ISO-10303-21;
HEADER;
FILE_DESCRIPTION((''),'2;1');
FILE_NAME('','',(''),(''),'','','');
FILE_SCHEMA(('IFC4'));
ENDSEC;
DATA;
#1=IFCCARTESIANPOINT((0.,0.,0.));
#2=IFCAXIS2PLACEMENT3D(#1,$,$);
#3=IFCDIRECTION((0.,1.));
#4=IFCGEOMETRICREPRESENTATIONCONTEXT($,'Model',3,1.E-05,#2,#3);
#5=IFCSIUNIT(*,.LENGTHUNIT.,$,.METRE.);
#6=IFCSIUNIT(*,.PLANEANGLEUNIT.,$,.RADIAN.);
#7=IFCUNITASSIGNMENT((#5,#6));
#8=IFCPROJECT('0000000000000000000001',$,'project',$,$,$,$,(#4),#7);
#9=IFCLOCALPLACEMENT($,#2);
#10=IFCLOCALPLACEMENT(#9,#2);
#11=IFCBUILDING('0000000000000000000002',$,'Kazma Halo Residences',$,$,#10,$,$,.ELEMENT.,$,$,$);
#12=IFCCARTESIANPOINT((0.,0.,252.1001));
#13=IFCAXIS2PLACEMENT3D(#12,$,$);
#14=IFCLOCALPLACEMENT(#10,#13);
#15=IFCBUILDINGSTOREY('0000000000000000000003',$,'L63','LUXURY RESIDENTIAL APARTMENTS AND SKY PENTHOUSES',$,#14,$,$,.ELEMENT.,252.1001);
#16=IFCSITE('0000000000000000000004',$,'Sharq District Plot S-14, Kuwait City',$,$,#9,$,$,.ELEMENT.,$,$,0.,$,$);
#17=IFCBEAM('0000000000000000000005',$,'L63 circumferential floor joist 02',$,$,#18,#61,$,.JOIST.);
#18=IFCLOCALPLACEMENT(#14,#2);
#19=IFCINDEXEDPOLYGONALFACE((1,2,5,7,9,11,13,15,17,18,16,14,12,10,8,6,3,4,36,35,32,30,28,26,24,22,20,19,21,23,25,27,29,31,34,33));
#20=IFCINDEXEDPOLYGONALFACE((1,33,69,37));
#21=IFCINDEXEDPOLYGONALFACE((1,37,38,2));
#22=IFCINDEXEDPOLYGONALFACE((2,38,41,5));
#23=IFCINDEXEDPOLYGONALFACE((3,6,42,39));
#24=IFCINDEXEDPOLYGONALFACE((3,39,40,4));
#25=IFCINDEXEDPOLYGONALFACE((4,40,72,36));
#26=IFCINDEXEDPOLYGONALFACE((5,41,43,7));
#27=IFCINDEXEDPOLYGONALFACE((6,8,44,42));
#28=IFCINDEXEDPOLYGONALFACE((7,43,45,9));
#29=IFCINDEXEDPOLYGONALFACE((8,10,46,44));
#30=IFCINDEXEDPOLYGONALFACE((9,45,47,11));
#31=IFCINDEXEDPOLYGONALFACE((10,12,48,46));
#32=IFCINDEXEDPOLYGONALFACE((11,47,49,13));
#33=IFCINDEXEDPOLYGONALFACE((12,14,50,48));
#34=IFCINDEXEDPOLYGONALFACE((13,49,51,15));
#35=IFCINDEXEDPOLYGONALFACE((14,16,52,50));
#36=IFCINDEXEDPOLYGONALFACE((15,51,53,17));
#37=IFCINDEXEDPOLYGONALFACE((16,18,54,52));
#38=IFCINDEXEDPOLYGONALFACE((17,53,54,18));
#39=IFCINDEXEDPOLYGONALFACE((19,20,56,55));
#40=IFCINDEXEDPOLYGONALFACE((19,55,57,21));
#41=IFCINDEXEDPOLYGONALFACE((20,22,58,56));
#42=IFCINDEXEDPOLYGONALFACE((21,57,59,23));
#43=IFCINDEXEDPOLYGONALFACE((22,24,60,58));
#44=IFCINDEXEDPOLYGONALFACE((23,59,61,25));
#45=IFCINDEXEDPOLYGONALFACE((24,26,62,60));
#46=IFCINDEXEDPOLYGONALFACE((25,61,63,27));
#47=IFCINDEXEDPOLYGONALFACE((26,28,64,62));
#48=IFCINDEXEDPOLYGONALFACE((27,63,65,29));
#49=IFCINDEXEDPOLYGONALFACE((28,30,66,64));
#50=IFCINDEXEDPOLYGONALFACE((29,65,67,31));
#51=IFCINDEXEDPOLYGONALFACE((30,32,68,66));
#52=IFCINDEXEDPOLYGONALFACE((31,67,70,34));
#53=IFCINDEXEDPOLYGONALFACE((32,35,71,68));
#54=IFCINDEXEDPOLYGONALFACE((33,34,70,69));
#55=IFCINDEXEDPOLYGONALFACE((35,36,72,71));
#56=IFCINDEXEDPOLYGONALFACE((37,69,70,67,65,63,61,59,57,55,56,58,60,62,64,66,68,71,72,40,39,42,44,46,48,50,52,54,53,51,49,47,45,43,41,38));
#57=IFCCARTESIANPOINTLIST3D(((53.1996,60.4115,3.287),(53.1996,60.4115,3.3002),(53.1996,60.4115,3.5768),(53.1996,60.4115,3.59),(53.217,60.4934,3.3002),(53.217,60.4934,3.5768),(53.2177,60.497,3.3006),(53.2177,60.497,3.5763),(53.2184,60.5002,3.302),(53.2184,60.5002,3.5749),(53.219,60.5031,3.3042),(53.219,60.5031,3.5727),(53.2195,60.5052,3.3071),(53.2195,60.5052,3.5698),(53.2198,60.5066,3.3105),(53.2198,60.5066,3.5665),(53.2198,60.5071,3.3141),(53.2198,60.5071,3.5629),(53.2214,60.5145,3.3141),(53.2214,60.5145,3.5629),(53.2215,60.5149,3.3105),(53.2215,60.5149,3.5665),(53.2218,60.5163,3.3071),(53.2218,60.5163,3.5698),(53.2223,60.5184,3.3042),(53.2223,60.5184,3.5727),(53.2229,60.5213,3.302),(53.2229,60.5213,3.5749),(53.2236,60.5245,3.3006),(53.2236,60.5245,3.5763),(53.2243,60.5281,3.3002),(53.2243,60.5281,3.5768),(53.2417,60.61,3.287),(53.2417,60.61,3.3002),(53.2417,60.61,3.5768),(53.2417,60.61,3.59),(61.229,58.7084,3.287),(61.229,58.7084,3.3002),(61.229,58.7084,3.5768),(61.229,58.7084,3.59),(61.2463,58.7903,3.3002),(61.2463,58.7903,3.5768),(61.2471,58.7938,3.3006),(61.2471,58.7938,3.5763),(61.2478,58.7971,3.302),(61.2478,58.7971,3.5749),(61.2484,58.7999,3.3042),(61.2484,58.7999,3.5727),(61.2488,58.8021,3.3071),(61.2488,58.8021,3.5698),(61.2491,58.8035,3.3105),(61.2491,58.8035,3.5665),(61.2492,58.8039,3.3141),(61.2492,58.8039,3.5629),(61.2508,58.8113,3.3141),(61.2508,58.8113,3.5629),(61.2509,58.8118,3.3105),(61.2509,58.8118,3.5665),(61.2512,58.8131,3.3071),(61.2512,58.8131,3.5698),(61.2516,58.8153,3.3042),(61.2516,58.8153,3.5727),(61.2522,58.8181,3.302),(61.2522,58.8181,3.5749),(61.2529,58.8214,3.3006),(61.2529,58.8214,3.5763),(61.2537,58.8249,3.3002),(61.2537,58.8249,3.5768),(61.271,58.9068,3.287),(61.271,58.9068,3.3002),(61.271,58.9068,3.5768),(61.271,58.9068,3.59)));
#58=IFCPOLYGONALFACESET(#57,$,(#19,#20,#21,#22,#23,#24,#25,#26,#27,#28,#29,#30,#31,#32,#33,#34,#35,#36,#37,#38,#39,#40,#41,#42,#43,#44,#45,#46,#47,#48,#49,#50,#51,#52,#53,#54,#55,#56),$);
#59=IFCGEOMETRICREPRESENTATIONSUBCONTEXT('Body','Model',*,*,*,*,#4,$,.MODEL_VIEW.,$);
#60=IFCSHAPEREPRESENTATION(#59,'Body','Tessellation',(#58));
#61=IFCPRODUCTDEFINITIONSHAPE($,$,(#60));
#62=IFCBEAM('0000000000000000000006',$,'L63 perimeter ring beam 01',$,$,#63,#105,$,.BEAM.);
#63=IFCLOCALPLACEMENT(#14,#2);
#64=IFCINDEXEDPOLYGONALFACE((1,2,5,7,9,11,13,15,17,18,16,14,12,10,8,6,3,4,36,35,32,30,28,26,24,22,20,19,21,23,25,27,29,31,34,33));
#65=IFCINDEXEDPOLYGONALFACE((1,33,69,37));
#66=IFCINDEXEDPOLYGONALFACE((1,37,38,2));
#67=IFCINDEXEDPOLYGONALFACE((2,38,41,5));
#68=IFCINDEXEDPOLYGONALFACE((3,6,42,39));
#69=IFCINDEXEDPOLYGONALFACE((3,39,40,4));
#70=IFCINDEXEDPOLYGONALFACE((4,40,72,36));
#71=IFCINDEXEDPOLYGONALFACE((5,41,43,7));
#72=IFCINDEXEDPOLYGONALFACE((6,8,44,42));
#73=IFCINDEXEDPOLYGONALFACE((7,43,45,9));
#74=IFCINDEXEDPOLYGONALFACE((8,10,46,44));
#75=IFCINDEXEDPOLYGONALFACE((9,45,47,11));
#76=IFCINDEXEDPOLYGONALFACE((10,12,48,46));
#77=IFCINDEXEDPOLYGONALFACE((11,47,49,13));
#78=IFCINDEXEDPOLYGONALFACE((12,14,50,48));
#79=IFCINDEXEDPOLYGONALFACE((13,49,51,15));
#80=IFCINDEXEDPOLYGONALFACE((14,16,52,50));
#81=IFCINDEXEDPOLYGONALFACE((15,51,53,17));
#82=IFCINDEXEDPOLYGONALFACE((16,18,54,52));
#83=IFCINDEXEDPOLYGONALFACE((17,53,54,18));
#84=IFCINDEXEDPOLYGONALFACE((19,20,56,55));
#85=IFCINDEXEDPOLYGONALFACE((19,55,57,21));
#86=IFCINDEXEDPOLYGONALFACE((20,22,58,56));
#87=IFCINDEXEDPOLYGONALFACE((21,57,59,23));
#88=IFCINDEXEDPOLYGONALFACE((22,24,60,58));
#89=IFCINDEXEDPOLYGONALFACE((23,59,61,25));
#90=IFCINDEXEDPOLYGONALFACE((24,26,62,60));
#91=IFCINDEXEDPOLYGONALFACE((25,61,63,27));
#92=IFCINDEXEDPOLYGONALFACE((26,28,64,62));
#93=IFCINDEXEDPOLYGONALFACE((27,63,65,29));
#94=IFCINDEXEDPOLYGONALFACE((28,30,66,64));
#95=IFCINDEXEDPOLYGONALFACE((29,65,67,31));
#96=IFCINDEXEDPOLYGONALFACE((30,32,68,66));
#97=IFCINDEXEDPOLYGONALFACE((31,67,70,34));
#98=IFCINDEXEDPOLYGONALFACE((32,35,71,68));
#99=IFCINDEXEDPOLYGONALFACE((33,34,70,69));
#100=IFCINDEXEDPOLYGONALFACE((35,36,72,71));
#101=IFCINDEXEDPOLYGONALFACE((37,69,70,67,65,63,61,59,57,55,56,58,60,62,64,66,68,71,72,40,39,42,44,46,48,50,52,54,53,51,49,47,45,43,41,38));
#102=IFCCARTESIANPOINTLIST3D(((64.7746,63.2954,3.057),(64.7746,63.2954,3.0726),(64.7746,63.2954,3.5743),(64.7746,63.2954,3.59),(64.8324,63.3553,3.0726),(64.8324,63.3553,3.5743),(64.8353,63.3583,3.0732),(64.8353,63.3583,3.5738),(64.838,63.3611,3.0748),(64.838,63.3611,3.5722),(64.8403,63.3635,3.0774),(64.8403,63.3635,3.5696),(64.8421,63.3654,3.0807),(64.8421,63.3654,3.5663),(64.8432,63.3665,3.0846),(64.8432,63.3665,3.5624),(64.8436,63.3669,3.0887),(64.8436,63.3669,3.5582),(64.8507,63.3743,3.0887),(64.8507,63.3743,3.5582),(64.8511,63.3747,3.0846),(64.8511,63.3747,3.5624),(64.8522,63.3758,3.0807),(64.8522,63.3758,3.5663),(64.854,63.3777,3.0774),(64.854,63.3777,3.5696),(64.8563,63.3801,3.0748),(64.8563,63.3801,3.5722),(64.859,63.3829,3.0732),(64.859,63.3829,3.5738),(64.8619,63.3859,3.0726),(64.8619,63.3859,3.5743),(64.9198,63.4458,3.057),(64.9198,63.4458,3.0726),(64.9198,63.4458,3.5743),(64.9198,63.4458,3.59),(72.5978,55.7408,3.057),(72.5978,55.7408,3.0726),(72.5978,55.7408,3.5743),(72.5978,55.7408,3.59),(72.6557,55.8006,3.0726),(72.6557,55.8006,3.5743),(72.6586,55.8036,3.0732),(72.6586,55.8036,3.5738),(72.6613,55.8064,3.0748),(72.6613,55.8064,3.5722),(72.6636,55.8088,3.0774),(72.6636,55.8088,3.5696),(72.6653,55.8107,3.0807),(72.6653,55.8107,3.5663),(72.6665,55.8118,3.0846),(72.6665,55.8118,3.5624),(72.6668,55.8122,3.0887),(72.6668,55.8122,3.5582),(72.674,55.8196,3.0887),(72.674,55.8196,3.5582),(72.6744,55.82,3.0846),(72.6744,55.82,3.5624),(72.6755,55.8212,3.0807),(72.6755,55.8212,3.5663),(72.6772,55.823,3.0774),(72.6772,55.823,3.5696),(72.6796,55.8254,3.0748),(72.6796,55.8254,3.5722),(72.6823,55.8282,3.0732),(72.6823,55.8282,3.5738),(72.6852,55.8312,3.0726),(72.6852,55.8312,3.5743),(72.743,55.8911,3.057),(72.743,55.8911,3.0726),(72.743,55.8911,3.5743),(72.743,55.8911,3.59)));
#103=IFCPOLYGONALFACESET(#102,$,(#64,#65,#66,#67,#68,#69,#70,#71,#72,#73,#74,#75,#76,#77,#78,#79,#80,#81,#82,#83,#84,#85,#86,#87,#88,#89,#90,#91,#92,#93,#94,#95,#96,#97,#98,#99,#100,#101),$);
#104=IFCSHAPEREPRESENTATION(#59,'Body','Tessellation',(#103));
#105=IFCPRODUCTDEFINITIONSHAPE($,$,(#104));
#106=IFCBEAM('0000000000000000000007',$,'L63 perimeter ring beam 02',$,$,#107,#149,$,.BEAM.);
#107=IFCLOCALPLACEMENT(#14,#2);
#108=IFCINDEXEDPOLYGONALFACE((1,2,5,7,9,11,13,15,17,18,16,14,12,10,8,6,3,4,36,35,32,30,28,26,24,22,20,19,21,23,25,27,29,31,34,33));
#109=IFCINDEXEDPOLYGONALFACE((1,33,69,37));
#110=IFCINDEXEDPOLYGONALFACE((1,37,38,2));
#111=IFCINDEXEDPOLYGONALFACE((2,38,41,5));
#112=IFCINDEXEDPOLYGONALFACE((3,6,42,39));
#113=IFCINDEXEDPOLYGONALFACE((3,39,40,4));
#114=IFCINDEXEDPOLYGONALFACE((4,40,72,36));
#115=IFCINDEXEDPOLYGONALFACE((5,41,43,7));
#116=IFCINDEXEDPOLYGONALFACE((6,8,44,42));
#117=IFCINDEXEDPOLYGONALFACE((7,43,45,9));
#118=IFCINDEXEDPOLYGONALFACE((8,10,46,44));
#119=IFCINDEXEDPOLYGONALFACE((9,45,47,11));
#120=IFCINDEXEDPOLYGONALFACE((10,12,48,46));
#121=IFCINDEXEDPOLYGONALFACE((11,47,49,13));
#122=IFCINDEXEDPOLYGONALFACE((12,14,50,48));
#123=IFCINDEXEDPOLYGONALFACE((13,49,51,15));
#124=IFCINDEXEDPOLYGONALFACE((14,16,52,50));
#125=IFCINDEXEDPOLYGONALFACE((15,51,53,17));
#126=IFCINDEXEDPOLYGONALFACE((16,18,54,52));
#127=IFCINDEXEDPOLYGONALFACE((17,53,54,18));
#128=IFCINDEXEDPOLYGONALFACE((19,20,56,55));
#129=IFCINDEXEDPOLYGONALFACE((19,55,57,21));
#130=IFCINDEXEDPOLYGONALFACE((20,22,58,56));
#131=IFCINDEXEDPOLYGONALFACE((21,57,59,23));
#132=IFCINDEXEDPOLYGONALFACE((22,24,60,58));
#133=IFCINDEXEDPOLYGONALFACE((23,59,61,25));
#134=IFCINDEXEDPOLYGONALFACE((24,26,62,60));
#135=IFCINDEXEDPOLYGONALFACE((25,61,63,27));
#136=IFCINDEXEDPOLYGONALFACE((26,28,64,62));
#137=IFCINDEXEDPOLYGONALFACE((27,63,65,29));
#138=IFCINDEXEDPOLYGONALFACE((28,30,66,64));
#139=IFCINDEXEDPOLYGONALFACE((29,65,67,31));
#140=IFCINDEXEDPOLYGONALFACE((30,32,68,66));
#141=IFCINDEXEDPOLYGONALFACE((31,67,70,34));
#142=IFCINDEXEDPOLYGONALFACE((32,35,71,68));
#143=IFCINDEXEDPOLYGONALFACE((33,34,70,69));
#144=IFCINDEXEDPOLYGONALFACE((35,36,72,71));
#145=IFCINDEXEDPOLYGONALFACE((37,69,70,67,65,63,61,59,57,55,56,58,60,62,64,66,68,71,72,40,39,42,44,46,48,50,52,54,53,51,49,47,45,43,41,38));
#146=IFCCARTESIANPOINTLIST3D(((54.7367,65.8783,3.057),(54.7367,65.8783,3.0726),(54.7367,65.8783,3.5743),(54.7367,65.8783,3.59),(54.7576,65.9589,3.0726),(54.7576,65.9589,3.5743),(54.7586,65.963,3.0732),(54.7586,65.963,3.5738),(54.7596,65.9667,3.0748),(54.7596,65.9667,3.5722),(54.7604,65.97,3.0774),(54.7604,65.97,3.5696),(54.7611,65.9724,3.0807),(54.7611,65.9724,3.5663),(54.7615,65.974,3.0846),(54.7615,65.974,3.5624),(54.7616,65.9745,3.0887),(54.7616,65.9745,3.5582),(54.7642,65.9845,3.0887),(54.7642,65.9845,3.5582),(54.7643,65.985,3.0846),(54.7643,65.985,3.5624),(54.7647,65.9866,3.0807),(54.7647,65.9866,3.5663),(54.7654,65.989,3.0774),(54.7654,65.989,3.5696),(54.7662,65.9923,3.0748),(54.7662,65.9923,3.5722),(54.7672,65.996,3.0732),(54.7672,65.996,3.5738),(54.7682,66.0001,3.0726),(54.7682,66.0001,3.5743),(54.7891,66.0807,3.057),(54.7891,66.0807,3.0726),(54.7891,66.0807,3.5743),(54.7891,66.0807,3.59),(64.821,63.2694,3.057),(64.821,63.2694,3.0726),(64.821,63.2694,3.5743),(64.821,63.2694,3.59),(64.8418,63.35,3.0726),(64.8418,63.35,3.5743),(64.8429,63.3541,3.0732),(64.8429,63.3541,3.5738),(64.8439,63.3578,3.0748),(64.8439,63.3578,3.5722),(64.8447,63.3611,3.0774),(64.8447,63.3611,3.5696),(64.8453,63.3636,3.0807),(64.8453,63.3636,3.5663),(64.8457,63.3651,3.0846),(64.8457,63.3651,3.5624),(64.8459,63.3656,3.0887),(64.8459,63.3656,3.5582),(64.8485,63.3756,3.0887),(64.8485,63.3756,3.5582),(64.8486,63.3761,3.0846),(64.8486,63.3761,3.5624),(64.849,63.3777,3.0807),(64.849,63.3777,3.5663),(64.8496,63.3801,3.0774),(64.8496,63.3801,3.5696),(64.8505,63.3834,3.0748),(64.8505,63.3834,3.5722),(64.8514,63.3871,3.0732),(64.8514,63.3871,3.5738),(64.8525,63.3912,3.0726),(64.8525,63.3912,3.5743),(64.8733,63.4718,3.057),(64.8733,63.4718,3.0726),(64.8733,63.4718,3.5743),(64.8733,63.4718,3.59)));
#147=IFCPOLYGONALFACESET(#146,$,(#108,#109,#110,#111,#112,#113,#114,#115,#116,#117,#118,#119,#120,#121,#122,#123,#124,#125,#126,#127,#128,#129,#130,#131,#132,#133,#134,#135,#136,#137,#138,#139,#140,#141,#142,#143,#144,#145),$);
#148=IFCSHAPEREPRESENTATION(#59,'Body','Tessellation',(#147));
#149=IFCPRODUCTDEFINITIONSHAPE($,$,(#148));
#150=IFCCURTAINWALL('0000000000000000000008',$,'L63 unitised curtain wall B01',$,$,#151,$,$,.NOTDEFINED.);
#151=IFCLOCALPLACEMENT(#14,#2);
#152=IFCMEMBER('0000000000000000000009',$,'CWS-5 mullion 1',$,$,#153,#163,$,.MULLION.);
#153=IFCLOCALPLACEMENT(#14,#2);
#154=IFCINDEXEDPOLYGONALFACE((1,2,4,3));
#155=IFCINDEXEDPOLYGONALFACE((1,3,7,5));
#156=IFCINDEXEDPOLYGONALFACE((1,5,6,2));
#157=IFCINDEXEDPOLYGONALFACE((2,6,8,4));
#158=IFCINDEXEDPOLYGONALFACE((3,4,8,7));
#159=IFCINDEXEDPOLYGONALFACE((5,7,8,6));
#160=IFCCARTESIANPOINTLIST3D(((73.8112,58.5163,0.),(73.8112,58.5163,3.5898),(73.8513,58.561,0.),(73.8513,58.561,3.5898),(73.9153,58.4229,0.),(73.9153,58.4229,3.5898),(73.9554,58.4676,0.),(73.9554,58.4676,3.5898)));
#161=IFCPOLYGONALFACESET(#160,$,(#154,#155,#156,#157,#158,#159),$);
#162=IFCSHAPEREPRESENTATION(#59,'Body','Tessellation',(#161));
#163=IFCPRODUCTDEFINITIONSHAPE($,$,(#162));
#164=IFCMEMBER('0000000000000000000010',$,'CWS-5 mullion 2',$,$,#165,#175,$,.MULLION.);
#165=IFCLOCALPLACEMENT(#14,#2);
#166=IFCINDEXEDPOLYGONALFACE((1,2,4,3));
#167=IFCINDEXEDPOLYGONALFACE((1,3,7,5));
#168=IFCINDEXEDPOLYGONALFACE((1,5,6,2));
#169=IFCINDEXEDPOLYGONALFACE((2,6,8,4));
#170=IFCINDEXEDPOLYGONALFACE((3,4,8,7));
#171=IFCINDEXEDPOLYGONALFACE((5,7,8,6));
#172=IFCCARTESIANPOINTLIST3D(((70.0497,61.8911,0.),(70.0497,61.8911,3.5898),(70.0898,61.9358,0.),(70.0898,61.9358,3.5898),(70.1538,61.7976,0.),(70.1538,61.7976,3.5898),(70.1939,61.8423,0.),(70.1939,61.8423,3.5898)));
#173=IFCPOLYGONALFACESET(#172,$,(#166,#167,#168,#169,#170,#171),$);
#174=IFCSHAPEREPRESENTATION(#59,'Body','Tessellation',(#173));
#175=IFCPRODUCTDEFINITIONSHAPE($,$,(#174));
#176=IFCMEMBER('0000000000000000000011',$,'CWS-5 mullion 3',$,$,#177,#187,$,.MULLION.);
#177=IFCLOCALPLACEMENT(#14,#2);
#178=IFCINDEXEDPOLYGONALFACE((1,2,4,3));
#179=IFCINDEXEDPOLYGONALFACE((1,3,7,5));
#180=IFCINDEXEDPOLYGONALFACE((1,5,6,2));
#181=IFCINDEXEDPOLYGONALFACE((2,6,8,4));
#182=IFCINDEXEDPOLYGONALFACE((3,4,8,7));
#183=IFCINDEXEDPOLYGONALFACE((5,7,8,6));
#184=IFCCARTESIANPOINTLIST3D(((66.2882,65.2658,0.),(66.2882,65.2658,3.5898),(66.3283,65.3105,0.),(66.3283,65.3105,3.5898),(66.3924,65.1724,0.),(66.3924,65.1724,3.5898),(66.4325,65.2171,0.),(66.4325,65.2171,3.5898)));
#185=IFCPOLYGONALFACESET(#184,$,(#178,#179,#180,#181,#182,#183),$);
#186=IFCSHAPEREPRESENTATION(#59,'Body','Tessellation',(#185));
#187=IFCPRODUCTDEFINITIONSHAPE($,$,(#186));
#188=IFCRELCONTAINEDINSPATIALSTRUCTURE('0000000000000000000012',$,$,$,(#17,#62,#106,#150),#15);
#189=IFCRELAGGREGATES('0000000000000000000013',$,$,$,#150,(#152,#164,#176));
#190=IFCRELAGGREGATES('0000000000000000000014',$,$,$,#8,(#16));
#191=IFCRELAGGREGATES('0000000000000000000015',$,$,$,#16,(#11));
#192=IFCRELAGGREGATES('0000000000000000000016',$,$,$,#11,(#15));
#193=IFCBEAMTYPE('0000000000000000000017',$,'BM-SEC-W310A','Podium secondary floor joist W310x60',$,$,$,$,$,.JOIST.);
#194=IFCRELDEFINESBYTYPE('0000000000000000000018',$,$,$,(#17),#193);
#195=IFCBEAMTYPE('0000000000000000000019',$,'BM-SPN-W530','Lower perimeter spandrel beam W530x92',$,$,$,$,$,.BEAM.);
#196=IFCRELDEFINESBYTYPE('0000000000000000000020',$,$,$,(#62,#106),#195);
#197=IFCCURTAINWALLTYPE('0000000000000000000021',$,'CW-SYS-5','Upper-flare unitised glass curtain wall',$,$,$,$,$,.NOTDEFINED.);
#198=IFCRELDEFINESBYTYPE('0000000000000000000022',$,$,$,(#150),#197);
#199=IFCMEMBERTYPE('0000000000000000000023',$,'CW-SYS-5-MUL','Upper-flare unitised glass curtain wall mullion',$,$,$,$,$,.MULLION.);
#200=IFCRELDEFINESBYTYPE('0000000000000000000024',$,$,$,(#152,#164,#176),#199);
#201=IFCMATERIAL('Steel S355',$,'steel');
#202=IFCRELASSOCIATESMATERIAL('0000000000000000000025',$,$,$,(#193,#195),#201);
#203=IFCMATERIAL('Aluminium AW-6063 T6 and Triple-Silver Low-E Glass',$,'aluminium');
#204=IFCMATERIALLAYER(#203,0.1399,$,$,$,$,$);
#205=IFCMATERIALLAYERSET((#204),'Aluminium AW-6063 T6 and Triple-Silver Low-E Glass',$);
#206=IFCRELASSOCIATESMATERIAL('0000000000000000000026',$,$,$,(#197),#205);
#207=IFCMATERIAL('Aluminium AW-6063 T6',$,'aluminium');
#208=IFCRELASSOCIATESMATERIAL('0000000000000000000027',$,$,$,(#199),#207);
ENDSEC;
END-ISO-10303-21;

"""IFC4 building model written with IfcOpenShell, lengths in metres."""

from ifc_helpers import new_model, si_unit, direction, frame, origin, origin_2d, place, context, subcontext, project, spatial, rectangle, i_section, extrude, material, layer, layer_set, material_profile, profile_set, type_object, element, aggregate, save


model = new_model("IFC4")

# Units and contexts
model_context = context("Model", 3, precision=1e-05, world=origin(), true_north=direction((0.0, 1.0)))
body_context = subcontext(model_context, "Body", "Model", "MODEL_VIEW")
ifc_project = project(units=[si_unit("LENGTHUNIT", "METRE"), si_unit("PLANEANGLEUNIT", "RADIAN")], contexts=[model_context])

# Site, building, storey
site_placement = place(None, origin())
site = spatial("IfcSite", under=ifc_project, at=site_placement, Name="Sharq District Plot S-14, Kuwait City", CompositionType="ELEMENT", RefElevation=0.0)
building_placement = place(site_placement, origin())
building = spatial("IfcBuilding", under=site, at=building_placement, Name="Kazma Halo Residences", CompositionType="ELEMENT")
storey_placement = place(building_placement, frame((0.0, 0.0, 252.1001)))
storey = spatial("IfcBuildingStorey", under=building, at=storey_placement, Name="L63", Description="LUXURY RESIDENTIAL APARTMENTS AND SKY PENTHOUSES", CompositionType="ELEMENT", Elevation=252.1001)

# Beams
ifc_material_1 = material(Name="Steel S355", Category="steel")
ifc_material_profile_1 = material_profile(ifc_material_1, i_section(OverallWidth=0.2029, OverallDepth=0.303, WebThickness=0.0076, FlangeThickness=0.0132, FilletRadius=0.0139, at=origin_2d()), Name="W310x60")
ifc_profile_set_1 = profile_set([ifc_material_profile_1], Name="Steel S355")
beam_type_1 = type_object("IfcBeamType", Name="BM-SEC-W310A", Description="Podium secondary floor joist W310x60", PredefinedType="JOIST", material=ifc_profile_set_1)
beam_1_placement = place(storey_placement, frame((61.25, 58.8076, 3.4385), z_axis=(-0.978236, 0.207497, 0.0), x_axis=(-0.207497, -0.978236, 0.0)))
element("IfcBeam", 1, at=beam_1_placement, inside=storey, type_object=beam_type_1, Name="L63 circumferential floor joist 02", PredefinedType="JOIST", context=body_context, shape_type="SweptSolid", body=[
    extrude(i_section(OverallWidth=0.2029, OverallDepth=0.303, WebThickness=0.0076, FlangeThickness=0.0132, FilletRadius=0.0139, at=origin_2d()), origin(), (0.0, 0.0, 1.0), 8.208),
])
ifc_material_profile_2 = material_profile(ifc_material_1, i_section(OverallWidth=0.209, OverallDepth=0.533, WebThickness=0.0103, FlangeThickness=0.0156, FilletRadius=0.0161, at=origin_2d()), Name="W530x92")
ifc_profile_set_2 = profile_set([ifc_material_profile_2], Name="Steel S355")
beam_type_2 = type_object("IfcBeamType", Name="BM-SPN-W530", Description="Lower perimeter spandrel beam W530x92", PredefinedType="BEAM", material=ifc_profile_set_2)
beam_2_placement = place(storey_placement, frame((72.6704, 55.8159, 3.3235), z_axis=(-0.719346, 0.694652, 0.0), x_axis=(-0.694652, -0.719346, 0.0)))
element("IfcBeam", 2, at=beam_2_placement, inside=storey, type_object=beam_type_2, Name="L63 perimeter ring beam 01", PredefinedType="BEAM", context=body_context, shape_type="SweptSolid", body=[
    extrude(i_section(OverallWidth=0.209, OverallDepth=0.533, WebThickness=0.0103, FlangeThickness=0.0156, FilletRadius=0.0161, at=origin_2d()), origin(), (0.0, 0.0, 1.0), 10.8755),
])
beam_3_placement = place(storey_placement, frame((64.8472, 63.3706, 3.3235), z_axis=(-0.968126, 0.250464, 0.0), x_axis=(-0.250464, -0.968126, 0.0)))
element("IfcBeam", 3, at=beam_3_placement, inside=storey, type_object=beam_type_2, Name="L63 perimeter ring beam 02", PredefinedType="BEAM", context=body_context, shape_type="SweptSolid", body=[
    extrude(i_section(OverallWidth=0.209, OverallDepth=0.533, WebThickness=0.0103, FlangeThickness=0.0156, FilletRadius=0.0161, at=origin_2d()), origin(), (0.0, 0.0, 1.0), 10.4163),
])

# Curtain wall, members
ifc_material_2 = material(Name="Aluminium AW-6063 T6 and Triple-Silver Low-E Glass", Category="aluminium")
ifc_layer_1 = layer(ifc_material_2, 0.1399)
ifc_layer_set_1 = layer_set([ifc_layer_1], Name="Aluminium AW-6063 T6 and Triple-Silver Low-E Glass")
curtain_wall_type = type_object("IfcCurtainWallType", Name="CW-SYS-5", Description="Upper-flare unitised glass curtain wall", PredefinedType="NOTDEFINED", material=ifc_layer_set_1)
curtain_wall_1_placement = place(storey_placement, origin())
curtain_wall_1 = element("IfcCurtainWall", 4, at=curtain_wall_1_placement, inside=storey, type_object=curtain_wall_type, Name="L63 unitised curtain wall B01", PredefinedType="NOTDEFINED")
ifc_material_3 = material(Name="Aluminium AW-6063 T6", Category="aluminium")
ifc_material_profile_3 = material_profile(ifc_material_3, rectangle(XDim=0.0601, YDim=0.1399, at=origin_2d()), Name="CWM-60x140")
ifc_profile_set_3 = profile_set([ifc_material_profile_3], Name="Aluminium AW-6063 T6")
member_type_1 = type_object("IfcMemberType", Name="CW-SYS-5-MUL", Description="Upper-flare unitised glass curtain wall mullion", PredefinedType="MULLION", material=ifc_profile_set_3)
member_1_placement = place(storey_placement, frame((73.8833, 58.4919, 0.0), z_axis=(0.0, 0.0, 1.0), x_axis=(-0.667805, -0.744336, 0.0)))
member_1 = element("IfcMember", 5, at=member_1_placement, type_object=member_type_1, Name="CWS-5 mullion 1", PredefinedType="MULLION", context=body_context, shape_type="SweptSolid", body=[
    extrude(rectangle(XDim=0.0601, YDim=0.1399, at=origin_2d()), origin(), (0.0, 0.0, 1.0), 3.5898),
])
member_2_placement = place(storey_placement, frame((70.1218, 61.8667, 0.0), z_axis=(0.0, 0.0, 1.0), x_axis=(-0.667805, -0.744336, 0.0)))
member_2 = element("IfcMember", 6, at=member_2_placement, type_object=member_type_1, Name="CWS-5 mullion 2", PredefinedType="MULLION", context=body_context, shape_type="SweptSolid", body=[
    extrude(rectangle(XDim=0.0601, YDim=0.1399, at=origin_2d()), origin(), (0.0, 0.0, 1.0), 3.5898),
])
member_3_placement = place(storey_placement, frame((66.3604, 65.2415, 0.0), z_axis=(0.0, 0.0, 1.0), x_axis=(-0.667805, -0.744336, 0.0)))
member_3 = element("IfcMember", 7, at=member_3_placement, type_object=member_type_1, Name="CWS-5 mullion 3", PredefinedType="MULLION", context=body_context, shape_type="SweptSolid", body=[
    extrude(rectangle(XDim=0.0601, YDim=0.1399, at=origin_2d()), origin(), (0.0, 0.0, 1.0), 3.5898),
])

aggregate(curtain_wall_1, [member_1, member_2, member_3])

save(model, "model.ifc")
